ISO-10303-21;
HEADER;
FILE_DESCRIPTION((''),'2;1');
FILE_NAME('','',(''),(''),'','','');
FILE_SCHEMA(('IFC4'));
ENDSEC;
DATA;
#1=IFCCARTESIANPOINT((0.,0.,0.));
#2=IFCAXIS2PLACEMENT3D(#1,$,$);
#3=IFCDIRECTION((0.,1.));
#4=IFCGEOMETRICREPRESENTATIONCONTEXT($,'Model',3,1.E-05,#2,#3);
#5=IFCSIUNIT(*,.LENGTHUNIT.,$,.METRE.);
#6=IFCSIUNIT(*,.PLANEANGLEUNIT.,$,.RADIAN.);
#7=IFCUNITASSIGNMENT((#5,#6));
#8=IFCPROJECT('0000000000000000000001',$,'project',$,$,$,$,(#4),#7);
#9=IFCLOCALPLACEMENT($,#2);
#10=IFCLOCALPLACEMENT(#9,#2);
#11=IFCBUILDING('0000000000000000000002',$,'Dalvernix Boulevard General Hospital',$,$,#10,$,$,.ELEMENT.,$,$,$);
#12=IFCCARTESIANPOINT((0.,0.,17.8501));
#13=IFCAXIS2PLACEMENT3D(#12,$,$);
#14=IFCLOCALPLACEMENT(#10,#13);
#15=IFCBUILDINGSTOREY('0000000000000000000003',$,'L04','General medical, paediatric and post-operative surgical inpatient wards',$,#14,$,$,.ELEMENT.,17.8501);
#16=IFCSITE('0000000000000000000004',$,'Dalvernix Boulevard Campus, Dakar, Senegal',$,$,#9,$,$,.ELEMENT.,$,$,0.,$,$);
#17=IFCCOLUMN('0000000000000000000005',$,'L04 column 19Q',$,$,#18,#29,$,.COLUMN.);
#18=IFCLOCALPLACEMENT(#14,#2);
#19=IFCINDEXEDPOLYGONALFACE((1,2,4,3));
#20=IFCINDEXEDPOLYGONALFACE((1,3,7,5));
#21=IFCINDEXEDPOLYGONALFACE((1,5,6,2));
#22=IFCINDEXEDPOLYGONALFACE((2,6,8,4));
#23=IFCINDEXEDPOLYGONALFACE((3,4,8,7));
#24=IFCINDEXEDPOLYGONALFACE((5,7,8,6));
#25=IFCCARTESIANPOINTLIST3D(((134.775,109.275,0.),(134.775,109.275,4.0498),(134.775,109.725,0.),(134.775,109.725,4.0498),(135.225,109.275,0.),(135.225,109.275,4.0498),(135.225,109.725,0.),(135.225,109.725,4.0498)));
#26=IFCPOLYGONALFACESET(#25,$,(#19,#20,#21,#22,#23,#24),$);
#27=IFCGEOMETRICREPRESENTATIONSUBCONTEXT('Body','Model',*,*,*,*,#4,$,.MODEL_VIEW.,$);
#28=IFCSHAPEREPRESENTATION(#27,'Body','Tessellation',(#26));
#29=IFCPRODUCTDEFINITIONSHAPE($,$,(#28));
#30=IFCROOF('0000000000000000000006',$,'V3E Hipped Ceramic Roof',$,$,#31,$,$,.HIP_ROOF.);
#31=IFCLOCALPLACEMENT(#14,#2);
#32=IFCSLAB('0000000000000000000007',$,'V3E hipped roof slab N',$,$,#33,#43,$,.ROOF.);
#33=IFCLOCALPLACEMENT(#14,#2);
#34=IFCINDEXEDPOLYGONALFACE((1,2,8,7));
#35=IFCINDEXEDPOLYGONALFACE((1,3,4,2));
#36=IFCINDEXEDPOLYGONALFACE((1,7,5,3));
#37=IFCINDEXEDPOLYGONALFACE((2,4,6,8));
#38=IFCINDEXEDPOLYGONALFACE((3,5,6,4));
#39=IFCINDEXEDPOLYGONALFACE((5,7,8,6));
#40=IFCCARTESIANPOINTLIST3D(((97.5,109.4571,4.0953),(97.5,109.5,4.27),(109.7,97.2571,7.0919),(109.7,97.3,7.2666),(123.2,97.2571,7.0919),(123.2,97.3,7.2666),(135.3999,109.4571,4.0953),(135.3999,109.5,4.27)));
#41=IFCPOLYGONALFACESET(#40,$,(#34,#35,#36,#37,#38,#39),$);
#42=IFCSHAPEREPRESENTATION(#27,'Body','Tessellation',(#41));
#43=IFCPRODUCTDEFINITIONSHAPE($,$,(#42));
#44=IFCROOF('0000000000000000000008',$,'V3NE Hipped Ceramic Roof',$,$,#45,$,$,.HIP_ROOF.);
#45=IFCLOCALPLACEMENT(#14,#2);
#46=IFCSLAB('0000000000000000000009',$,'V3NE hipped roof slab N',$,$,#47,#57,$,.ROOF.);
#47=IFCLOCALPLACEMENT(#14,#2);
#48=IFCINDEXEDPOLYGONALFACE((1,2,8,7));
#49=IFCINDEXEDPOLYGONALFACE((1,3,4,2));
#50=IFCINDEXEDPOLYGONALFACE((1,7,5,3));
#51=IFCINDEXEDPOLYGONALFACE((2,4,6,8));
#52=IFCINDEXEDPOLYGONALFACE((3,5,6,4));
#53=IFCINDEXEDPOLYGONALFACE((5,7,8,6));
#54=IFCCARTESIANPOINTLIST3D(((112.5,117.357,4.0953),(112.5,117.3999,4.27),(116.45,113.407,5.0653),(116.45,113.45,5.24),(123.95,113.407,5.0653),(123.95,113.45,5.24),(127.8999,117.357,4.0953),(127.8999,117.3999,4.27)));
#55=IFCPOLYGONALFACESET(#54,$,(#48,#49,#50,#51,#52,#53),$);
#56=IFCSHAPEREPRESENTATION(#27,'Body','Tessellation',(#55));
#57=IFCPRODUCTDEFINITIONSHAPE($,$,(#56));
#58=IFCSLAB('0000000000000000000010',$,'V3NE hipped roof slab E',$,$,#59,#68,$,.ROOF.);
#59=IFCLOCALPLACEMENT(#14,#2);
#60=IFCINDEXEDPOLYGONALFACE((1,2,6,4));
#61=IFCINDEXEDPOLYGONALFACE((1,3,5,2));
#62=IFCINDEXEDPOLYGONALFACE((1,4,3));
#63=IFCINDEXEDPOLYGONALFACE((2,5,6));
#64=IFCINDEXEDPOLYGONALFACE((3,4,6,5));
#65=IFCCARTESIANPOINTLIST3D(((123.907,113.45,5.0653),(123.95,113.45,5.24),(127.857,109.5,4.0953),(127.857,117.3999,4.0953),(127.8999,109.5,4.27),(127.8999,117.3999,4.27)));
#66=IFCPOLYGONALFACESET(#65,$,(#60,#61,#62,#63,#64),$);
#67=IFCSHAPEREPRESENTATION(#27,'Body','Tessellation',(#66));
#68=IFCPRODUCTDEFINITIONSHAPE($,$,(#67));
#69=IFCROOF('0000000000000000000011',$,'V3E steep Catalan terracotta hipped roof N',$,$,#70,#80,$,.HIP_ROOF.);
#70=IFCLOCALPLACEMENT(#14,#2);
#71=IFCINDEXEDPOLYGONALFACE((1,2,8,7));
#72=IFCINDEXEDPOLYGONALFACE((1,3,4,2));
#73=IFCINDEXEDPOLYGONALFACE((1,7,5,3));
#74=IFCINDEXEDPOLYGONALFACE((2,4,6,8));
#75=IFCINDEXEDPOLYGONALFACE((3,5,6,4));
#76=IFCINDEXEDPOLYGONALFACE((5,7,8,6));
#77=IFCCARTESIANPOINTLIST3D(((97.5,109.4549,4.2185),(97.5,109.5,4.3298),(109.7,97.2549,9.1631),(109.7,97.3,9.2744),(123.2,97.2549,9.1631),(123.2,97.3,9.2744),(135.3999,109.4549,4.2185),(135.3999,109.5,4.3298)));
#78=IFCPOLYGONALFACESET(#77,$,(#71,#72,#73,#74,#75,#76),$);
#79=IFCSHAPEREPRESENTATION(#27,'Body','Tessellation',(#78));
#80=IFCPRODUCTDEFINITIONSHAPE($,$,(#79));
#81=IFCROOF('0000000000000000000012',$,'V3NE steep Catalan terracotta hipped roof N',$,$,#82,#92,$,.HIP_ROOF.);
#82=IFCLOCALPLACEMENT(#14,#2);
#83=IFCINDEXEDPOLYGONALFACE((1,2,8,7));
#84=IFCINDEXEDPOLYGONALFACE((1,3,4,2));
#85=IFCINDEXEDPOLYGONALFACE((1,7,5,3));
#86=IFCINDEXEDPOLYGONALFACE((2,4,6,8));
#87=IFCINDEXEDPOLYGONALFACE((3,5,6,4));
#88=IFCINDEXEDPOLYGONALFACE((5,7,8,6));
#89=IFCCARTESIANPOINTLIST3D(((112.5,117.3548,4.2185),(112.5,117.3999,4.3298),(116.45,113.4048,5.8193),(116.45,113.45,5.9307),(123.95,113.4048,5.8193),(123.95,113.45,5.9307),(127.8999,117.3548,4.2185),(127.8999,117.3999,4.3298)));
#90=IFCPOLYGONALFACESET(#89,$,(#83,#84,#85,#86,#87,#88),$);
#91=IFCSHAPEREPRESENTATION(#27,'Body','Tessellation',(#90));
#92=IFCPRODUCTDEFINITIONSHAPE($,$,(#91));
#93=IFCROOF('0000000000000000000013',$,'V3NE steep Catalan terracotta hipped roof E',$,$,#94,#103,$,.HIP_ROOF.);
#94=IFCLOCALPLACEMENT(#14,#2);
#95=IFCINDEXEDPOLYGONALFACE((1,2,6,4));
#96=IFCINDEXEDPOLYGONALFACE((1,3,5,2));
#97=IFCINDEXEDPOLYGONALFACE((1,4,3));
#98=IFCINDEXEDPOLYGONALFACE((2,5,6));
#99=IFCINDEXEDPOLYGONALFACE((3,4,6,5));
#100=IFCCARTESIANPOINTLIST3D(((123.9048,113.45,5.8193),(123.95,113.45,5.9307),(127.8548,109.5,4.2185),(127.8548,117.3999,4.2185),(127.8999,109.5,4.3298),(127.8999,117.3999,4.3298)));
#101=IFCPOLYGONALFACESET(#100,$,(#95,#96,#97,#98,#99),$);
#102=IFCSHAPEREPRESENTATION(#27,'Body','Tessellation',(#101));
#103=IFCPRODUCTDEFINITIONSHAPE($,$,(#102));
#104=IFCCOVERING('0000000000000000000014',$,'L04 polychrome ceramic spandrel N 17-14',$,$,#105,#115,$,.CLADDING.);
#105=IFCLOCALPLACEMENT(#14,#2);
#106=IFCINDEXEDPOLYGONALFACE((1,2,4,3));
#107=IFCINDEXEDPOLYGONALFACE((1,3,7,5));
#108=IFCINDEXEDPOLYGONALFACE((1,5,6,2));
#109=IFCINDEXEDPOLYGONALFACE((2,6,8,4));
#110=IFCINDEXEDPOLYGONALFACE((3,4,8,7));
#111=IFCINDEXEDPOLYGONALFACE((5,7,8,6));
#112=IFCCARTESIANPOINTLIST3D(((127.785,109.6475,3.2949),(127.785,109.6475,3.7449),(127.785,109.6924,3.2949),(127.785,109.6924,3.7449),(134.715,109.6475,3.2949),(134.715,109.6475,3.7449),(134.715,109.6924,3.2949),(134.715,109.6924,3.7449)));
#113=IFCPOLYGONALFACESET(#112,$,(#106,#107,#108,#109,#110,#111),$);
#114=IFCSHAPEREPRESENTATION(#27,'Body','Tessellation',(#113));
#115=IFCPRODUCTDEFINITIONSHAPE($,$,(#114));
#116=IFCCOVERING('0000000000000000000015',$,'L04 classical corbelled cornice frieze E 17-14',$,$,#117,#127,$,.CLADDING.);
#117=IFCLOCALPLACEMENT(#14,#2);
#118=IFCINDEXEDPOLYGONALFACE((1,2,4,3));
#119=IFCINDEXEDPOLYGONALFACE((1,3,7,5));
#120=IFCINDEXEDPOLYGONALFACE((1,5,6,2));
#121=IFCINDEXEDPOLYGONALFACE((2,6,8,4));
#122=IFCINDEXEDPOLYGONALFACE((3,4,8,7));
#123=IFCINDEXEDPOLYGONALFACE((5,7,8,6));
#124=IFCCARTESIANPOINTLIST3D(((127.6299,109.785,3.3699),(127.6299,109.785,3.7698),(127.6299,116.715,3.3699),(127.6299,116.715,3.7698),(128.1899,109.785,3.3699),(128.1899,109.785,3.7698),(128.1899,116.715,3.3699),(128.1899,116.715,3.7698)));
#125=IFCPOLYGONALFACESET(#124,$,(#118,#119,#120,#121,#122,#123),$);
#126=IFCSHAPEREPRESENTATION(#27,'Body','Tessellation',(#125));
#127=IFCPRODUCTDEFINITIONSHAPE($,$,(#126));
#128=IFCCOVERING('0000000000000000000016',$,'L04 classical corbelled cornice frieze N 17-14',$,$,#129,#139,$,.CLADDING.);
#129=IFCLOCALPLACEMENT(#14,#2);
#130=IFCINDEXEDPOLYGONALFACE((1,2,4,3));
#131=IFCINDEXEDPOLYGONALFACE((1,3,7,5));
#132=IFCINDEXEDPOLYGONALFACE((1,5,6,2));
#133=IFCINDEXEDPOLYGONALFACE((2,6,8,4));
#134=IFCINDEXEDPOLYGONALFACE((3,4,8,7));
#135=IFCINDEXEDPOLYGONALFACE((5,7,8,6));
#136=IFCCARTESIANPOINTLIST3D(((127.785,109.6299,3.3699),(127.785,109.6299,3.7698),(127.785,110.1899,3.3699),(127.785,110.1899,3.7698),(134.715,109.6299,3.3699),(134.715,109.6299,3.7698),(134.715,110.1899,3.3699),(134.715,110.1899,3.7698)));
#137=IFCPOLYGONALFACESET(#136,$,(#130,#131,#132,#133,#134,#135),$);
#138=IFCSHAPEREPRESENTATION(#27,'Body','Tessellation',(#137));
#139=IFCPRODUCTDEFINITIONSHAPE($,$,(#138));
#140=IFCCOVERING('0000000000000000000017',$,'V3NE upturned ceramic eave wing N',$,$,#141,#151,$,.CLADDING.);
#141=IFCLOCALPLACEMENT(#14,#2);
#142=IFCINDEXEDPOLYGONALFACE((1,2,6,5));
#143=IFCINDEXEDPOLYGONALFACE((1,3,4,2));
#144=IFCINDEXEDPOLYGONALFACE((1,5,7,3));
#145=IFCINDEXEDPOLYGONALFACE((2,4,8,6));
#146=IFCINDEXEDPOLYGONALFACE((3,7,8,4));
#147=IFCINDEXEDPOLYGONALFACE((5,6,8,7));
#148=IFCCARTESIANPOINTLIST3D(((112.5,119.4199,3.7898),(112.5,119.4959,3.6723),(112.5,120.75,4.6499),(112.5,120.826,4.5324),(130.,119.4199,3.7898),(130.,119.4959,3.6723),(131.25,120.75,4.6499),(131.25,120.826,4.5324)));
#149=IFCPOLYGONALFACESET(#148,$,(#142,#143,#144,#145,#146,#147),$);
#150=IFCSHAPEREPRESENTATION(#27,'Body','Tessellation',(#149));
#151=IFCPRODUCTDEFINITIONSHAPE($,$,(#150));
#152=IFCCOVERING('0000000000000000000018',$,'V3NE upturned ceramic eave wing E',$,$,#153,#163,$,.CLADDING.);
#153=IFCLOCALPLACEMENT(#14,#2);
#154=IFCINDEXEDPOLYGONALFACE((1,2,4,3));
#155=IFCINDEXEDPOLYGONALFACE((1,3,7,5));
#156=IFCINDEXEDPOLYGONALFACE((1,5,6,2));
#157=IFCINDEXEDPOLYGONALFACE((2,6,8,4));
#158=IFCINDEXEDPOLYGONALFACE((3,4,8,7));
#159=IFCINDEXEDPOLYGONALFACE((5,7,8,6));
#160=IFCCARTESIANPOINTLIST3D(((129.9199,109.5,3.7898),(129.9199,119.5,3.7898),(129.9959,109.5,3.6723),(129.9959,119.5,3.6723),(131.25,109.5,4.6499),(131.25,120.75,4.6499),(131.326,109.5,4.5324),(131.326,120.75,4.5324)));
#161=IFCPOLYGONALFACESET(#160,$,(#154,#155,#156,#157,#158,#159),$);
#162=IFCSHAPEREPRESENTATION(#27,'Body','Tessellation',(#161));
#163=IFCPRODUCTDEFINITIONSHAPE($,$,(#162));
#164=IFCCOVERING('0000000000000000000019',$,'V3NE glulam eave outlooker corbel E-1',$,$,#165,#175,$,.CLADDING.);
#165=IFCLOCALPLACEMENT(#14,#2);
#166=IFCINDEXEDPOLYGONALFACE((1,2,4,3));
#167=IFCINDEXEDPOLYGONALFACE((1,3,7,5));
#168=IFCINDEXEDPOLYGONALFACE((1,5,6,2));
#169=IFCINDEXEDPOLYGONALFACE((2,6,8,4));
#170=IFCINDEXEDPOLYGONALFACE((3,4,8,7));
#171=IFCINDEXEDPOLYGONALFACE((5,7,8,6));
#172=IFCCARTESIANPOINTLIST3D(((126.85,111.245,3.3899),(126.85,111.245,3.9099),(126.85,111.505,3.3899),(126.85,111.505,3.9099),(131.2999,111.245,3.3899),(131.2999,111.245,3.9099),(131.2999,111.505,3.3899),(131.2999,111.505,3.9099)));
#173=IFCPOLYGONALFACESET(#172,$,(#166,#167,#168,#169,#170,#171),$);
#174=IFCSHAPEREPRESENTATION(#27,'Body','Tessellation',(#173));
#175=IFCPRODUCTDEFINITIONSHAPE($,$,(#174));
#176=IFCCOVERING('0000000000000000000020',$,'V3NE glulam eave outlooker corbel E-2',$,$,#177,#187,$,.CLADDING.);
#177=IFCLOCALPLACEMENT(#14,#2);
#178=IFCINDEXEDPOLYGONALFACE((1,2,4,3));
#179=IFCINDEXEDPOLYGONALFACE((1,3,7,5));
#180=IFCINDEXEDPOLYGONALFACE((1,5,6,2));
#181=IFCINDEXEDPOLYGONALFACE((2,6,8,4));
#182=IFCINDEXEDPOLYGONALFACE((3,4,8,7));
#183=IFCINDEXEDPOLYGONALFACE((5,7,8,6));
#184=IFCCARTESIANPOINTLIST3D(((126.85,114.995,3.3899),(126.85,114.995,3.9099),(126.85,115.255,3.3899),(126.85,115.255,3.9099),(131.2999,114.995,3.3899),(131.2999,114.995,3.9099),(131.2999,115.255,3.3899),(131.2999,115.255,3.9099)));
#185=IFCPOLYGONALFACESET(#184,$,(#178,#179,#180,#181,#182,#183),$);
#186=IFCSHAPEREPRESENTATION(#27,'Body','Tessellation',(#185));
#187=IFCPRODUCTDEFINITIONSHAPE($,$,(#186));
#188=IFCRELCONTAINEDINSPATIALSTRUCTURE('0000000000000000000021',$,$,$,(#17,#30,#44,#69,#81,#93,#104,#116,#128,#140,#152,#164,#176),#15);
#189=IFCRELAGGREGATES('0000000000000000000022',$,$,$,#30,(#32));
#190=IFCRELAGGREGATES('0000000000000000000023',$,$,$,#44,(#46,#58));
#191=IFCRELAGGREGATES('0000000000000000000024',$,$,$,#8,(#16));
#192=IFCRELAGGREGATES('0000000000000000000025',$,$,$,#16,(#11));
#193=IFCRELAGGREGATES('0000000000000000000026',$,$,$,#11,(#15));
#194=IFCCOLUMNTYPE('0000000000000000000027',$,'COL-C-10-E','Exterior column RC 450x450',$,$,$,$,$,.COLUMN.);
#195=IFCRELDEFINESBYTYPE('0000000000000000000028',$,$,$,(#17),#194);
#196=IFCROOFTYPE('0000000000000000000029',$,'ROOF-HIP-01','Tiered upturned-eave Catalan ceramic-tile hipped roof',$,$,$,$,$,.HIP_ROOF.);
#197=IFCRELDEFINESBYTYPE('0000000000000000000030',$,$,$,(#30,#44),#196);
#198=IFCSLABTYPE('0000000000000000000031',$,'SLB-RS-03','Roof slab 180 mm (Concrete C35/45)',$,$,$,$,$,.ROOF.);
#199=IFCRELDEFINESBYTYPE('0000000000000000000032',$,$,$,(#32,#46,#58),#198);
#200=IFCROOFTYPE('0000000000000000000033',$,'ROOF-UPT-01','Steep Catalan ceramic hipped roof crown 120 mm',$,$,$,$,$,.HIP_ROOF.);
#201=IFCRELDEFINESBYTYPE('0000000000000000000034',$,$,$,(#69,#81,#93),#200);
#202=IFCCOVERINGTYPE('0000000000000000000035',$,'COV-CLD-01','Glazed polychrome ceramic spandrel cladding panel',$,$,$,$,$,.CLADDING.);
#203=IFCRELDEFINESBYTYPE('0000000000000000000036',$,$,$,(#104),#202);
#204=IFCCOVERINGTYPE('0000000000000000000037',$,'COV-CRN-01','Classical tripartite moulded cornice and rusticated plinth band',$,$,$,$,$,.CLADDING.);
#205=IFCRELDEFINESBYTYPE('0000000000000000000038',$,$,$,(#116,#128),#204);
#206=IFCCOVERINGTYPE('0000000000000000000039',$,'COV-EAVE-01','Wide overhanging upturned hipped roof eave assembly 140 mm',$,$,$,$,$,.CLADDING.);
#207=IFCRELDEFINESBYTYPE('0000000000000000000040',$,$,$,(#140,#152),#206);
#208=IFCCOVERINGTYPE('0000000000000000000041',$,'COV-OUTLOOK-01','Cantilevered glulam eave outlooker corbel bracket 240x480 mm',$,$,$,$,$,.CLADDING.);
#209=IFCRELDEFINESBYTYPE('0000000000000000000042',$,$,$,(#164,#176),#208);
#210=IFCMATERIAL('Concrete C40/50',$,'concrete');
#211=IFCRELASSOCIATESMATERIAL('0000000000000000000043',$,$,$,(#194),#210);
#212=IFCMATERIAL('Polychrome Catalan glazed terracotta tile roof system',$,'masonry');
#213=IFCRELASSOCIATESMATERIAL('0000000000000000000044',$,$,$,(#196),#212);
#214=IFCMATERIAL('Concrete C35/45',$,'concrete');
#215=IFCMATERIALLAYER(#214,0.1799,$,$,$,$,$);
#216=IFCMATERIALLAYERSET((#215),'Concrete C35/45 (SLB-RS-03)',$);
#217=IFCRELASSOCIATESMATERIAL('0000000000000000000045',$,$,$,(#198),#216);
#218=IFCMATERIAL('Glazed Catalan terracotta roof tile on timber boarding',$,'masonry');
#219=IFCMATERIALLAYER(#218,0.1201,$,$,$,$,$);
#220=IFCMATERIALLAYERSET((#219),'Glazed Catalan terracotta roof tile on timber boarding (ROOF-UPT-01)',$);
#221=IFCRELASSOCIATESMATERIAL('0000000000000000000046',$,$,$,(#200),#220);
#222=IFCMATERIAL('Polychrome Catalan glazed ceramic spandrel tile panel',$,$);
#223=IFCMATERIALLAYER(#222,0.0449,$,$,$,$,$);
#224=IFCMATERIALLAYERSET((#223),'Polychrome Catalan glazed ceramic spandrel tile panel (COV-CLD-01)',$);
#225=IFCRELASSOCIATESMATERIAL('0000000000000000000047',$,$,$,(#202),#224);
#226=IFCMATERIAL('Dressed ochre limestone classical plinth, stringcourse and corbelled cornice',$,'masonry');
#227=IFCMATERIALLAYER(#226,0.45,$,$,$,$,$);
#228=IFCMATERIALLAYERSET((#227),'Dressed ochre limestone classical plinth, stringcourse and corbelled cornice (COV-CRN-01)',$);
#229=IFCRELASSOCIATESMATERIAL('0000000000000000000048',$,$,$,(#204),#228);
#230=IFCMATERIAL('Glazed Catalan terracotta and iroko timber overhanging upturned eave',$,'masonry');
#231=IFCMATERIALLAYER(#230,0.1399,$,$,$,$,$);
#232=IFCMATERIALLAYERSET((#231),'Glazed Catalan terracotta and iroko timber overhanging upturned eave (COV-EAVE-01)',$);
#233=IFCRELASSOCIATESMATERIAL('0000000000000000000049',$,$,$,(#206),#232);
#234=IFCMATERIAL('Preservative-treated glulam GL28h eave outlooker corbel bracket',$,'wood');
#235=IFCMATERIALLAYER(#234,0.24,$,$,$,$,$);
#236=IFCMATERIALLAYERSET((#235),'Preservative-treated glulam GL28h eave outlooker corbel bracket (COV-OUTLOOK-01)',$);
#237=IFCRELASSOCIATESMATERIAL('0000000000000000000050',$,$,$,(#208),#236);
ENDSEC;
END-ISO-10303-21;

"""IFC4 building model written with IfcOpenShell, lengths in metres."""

from ifc_helpers import new_model, si_unit, direction, frame, origin, origin_2d, place, context, subcontext, project, spatial, polyline, rectangle, outline, extrude, material, layer, layer_set, material_profile, profile_set, type_object, element, aggregate, save


model = new_model("IFC4")

# Units and contexts
model_context = context("Model", 3, precision=1e-05, world=origin(), true_north=direction((0.0, 1.0)))
body_context = subcontext(model_context, "Body", "Model", "MODEL_VIEW")
ifc_project = project(units=[si_unit("LENGTHUNIT", "METRE"), si_unit("PLANEANGLEUNIT", "RADIAN")], contexts=[model_context])

# Site, building, storey
site_placement = place(None, origin())
site = spatial("IfcSite", under=ifc_project, at=site_placement, Name="Dalvernix Boulevard Campus, Dakar, Senegal", CompositionType="ELEMENT", RefElevation=0.0)
building_placement = place(site_placement, origin())
building = spatial("IfcBuilding", under=site, at=building_placement, Name="Dalvernix Boulevard General Hospital", CompositionType="ELEMENT")
storey_placement = place(building_placement, frame((0.0, 0.0, 17.8501)))
storey = spatial("IfcBuildingStorey", under=building, at=storey_placement, Name="L04", Description="General medical, paediatric and post-operative surgical inpatient wards", CompositionType="ELEMENT", Elevation=17.8501)

# Column
ifc_material_1 = material(Name="Concrete C40/50", Category="concrete")
ifc_material_profile = material_profile(ifc_material_1, rectangle(XDim=0.45, YDim=0.45, at=origin_2d()), Name="RC 450x450")
ifc_profile_set = profile_set([ifc_material_profile], Name="Concrete C40/50")
column_type = type_object("IfcColumnType", Name="COL-C-10-E", Description="Exterior column RC 450x450", PredefinedType="COLUMN", material=ifc_profile_set)
column_placement = place(storey_placement, frame((135.0, 109.5, 0.0), z_axis=(0.0, 0.0, 1.0), x_axis=(1.0, 0.0, 0.0)))
element("IfcColumn", 1, at=column_placement, inside=storey, type_object=column_type, Name="L04 column 19Q", PredefinedType="COLUMN", context=body_context, shape_type="SweptSolid", body=[
    extrude(rectangle(XDim=0.45, YDim=0.45, at=origin_2d()), origin(), (0.0, 0.0, 1.0), 4.0498),
])

# Roof, slab
ifc_material_2 = material(Name="Polychrome Catalan glazed terracotta tile roof system", Category="masonry")
roof_type_1 = type_object("IfcRoofType", Name="ROOF-HIP-01", Description="Tiered upturned-eave Catalan ceramic-tile hipped roof", PredefinedType="HIP_ROOF", material=ifc_material_2)
roof_1_placement = place(storey_placement, origin())
roof_1 = element("IfcRoof", 2, at=roof_1_placement, inside=storey, type_object=roof_type_1, Name="V3E Hipped Ceramic Roof", PredefinedType="HIP_ROOF")
ifc_material_3 = material(Name="Concrete C35/45", Category="concrete")
ifc_layer_1 = layer(ifc_material_3, 0.1799)
ifc_layer_set_1 = layer_set([ifc_layer_1], Name="Concrete C35/45 (SLB-RS-03)")
slab_type = type_object("IfcSlabType", Name="SLB-RS-03", Description="Roof slab 180 mm (Concrete C35/45)", PredefinedType="ROOF", material=ifc_layer_set_1)
slab_1_placement = place(storey_placement, frame((135.3999, 109.5, 4.27), z_axis=(0.0, 0.238532, 0.971135), x_axis=(-1.0, 0.0, 0.0)))
slab_1 = element("IfcSlab", 3, at=slab_1_placement, type_object=slab_type, Name="V3E hipped roof slab N", PredefinedType="ROOF", context=body_context, shape_type="SweptSolid", body=[
    extrude(outline(polyline([(0.0, 0.0), (37.8999, 0.0), (25.7, 12.5626), (12.2, 12.5626), (0.0, 0.0)])), origin(), (0.0, 0.0, -1.0), 0.1799),
])
aggregate(roof_1, [slab_1])

# Roof, slabs
roof_2_placement = place(storey_placement, origin())
roof_2 = element("IfcRoof", 4, at=roof_2_placement, inside=storey, type_object=roof_type_1, Name="V3NE Hipped Ceramic Roof", PredefinedType="HIP_ROOF")
slab_2_placement = place(storey_placement, frame((127.8999, 117.3999, 4.27), z_axis=(0.0, 0.23848, 0.971147), x_axis=(-1.0, 0.0, 0.0)))
slab_2 = element("IfcSlab", 5, at=slab_2_placement, type_object=slab_type, Name="V3NE hipped roof slab N", PredefinedType="ROOF", context=body_context, shape_type="SweptSolid", body=[
    extrude(outline(polyline([(0.0, 0.0), (15.3999, 0.0), (11.45, 4.0673), (3.95, 4.0673), (0.0, 0.0)])), origin(), (0.0, 0.0, -1.0), 0.1799),
])
slab_3_placement = place(storey_placement, frame((127.8999, 109.5, 4.27), z_axis=(0.23848, 0.0, 0.971147), x_axis=(0.0, 1.0, 0.0)))
slab_3 = element("IfcSlab", 6, at=slab_3_placement, type_object=slab_type, Name="V3NE hipped roof slab E", PredefinedType="ROOF", context=body_context, shape_type="SweptSolid", body=[
    extrude(outline(polyline([(0.0, 0.0), (7.8999, 0.0), (3.95, 4.0673), (0.0, 0.0)])), origin(), (0.0, 0.0, -1.0), 0.1799),
])
aggregate(roof_2, [slab_2, slab_3])

# Roofs
ifc_material_4 = material(Name="Glazed Catalan terracotta roof tile on timber boarding", Category="masonry")
ifc_layer_2 = layer(ifc_material_4, 0.1201)
ifc_layer_set_2 = layer_set([ifc_layer_2], Name="Glazed Catalan terracotta roof tile on timber boarding (ROOF-UPT-01)")
roof_type_2 = type_object("IfcRoofType", Name="ROOF-UPT-01", Description="Steep Catalan ceramic hipped roof crown 120 mm", PredefinedType="HIP_ROOF", material=ifc_layer_set_2)
roof_3_placement = place(storey_placement, frame((135.3999, 109.5, 4.3298), z_axis=(0.0, 0.375617, 0.926775), x_axis=(-1.0, 0.0, 0.0)))
element("IfcRoof", 7, at=roof_3_placement, inside=storey, type_object=roof_type_2, Name="V3E steep Catalan terracotta hipped roof N", PredefinedType="HIP_ROOF", context=body_context, shape_type="SweptSolid", body=[
    extrude(outline(polyline([(0.0, 0.0), (37.8999, 0.0), (25.7, 13.1639), (12.2, 13.1639), (0.0, 0.0)])), origin(), (0.0, 0.0, -1.0), 0.1201),
])
roof_4_placement = place(storey_placement, frame((127.8999, 117.3999, 4.3298), z_axis=(0.0, 0.375604, 0.92678), x_axis=(-1.0, 0.0, 0.0)))
element("IfcRoof", 8, at=roof_4_placement, inside=storey, type_object=roof_type_2, Name="V3NE steep Catalan terracotta hipped roof N", PredefinedType="HIP_ROOF", context=body_context, shape_type="SweptSolid", body=[
    extrude(outline(polyline([(0.0, 0.0), (15.3999, 0.0), (11.45, 4.262), (3.95, 4.262), (0.0, 0.0)])), origin(), (0.0, 0.0, -1.0), 0.1201),
])
roof_5_placement = place(storey_placement, frame((127.8999, 109.5, 4.3298), z_axis=(0.375604, 0.0, 0.92678), x_axis=(0.0, 1.0, 0.0)))
element("IfcRoof", 9, at=roof_5_placement, inside=storey, type_object=roof_type_2, Name="V3NE steep Catalan terracotta hipped roof E", PredefinedType="HIP_ROOF", context=body_context, shape_type="SweptSolid", body=[
    extrude(outline(polyline([(0.0, 0.0), (7.8999, 0.0), (3.95, 4.262), (0.0, 0.0)])), origin(), (0.0, 0.0, -1.0), 0.1201),
])

# Coverings
ifc_material_5 = material(Name="Polychrome Catalan glazed ceramic spandrel tile panel")
ifc_layer_3 = layer(ifc_material_5, 0.0449)
ifc_layer_set_3 = layer_set([ifc_layer_3], Name="Polychrome Catalan glazed ceramic spandrel tile panel (COV-CLD-01)")
covering_type_1 = type_object("IfcCoveringType", Name="COV-CLD-01", Description="Glazed polychrome ceramic spandrel cladding panel", PredefinedType="CLADDING", material=ifc_layer_set_3)
covering_1_placement = place(storey_placement, frame((131.25, 109.6699, 3.2949), z_axis=(0.0, 0.0, 1.0), x_axis=(1.0, 0.0, 0.0)))
element("IfcCovering", 10, at=covering_1_placement, inside=storey, type_object=covering_type_1, Name="L04 polychrome ceramic spandrel N 17-14", PredefinedType="CLADDING", context=body_context, shape_type="SweptSolid", body=[
    extrude(rectangle(XDim=6.9299, YDim=0.0449, at=origin_2d()), origin(), (0.0, 0.0, 1.0), 0.45),
])
ifc_material_6 = material(Name="Dressed ochre limestone classical plinth, stringcourse and corbelled cornice", Category="masonry")
ifc_layer_4 = layer(ifc_material_6, 0.45)
ifc_layer_set_4 = layer_set([ifc_layer_4], Name="Dressed ochre limestone classical plinth, stringcourse and corbelled cornice (COV-CRN-01)")
covering_type_2 = type_object("IfcCoveringType", Name="COV-CRN-01", Description="Classical tripartite moulded cornice and rusticated plinth band", PredefinedType="CLADDING", material=ifc_layer_set_4)
for number, where, z_axis, x_axis, name in (
    (11, (127.9099, 113.25, 3.3699), (0.0, 0.0, 1.0), (0.0, -1.0, 0.0), "L04 classical corbelled cornice frieze E 17-14"),
    (12, (131.25, 109.9099, 3.3699), (0.0, 0.0, 1.0), (1.0, 0.0, 0.0), "L04 classical corbelled cornice frieze N 17-14"),
):
    element("IfcCovering", number, at=place(storey_placement, frame(where, z_axis=z_axis, x_axis=x_axis)), inside=storey, type_object=covering_type_2, Name=name, PredefinedType="CLADDING", context=body_context, shape_type="SweptSolid", body=[
        extrude(rectangle(XDim=6.9299, YDim=0.5601, at=origin_2d()), origin(), (0.0, 0.0, 1.0), 0.3999),
    ])
ifc_material_7 = material(Name="Glazed Catalan terracotta and iroko timber overhanging upturned eave", Category="masonry")
ifc_layer_5 = layer(ifc_material_7, 0.1399)
ifc_layer_set_5 = layer_set([ifc_layer_5], Name="Glazed Catalan terracotta and iroko timber overhanging upturned eave (COV-EAVE-01)")
covering_type_3 = type_object("IfcCoveringType", Name="COV-EAVE-01", Description="Wide overhanging upturned hipped roof eave assembly 140 mm", PredefinedType="CLADDING", material=ifc_layer_set_5)
covering_2_placement = place(storey_placement, frame((130.0, 119.4199, 3.7898), z_axis=(0.0, -0.543015, 0.839723), x_axis=(-1.0, 0.0, 0.0)))
element("IfcCovering", 13, at=covering_2_placement, inside=storey, type_object=covering_type_3, Name="V3NE upturned ceramic eave wing N", PredefinedType="CLADDING", context=body_context, shape_type="SweptSolid", body=[
    extrude(outline(polyline([(0.0, 0.0), (17.5, 0.0), (17.5, -1.5839), (-1.25, -1.5839), (0.0, 0.0)])), origin(), (0.0, 0.0, -1.0), 0.1399),
])
covering_3_placement = place(storey_placement, frame((129.9199, 109.5, 3.7898), z_axis=(-0.543015, 0.0, 0.839723), x_axis=(0.0, 1.0, 0.0)))
element("IfcCovering", 14, at=covering_3_placement, inside=storey, type_object=covering_type_3, Name="V3NE upturned ceramic eave wing E", PredefinedType="CLADDING", context=body_context, shape_type="SweptSolid", body=[
    extrude(outline(polyline([(0.0, 0.0), (10.0, 0.0), (11.25, -1.5839), (0.0, -1.5839), (0.0, 0.0)])), origin(), (0.0, 0.0, -1.0), 0.1399),
])
ifc_material_8 = material(Name="Preservative-treated glulam GL28h eave outlooker corbel bracket", Category="wood")
ifc_layer_6 = layer(ifc_material_8, 0.24)
ifc_layer_set_6 = layer_set([ifc_layer_6], Name="Preservative-treated glulam GL28h eave outlooker corbel bracket (COV-OUTLOOK-01)")
covering_type_4 = type_object("IfcCoveringType", Name="COV-OUTLOOK-01", Description="Cantilevered glulam eave outlooker corbel bracket 240x480 mm", PredefinedType="CLADDING", material=ifc_layer_set_6)
for number, where, z_axis, x_axis, name in (
    (15, (129.075, 111.375, 3.3899), (0.0, 0.0, 1.0), (1.0, 0.0, 0.0), "V3NE glulam eave outlooker corbel E-1"),
    (16, (129.075, 115.125, 3.3899), (0.0, 0.0, 1.0), (1.0, 0.0, 0.0), "V3NE glulam eave outlooker corbel E-2"),
):
    element("IfcCovering", number, at=place(storey_placement, frame(where, z_axis=z_axis, x_axis=x_axis)), inside=storey, type_object=covering_type_4, Name=name, PredefinedType="CLADDING", context=body_context, shape_type="SweptSolid", body=[
        extrude(rectangle(XDim=4.45, YDim=0.26, at=origin_2d()), origin(), (0.0, 0.0, 1.0), 0.52),
    ])

save(model, "model.ifc")
